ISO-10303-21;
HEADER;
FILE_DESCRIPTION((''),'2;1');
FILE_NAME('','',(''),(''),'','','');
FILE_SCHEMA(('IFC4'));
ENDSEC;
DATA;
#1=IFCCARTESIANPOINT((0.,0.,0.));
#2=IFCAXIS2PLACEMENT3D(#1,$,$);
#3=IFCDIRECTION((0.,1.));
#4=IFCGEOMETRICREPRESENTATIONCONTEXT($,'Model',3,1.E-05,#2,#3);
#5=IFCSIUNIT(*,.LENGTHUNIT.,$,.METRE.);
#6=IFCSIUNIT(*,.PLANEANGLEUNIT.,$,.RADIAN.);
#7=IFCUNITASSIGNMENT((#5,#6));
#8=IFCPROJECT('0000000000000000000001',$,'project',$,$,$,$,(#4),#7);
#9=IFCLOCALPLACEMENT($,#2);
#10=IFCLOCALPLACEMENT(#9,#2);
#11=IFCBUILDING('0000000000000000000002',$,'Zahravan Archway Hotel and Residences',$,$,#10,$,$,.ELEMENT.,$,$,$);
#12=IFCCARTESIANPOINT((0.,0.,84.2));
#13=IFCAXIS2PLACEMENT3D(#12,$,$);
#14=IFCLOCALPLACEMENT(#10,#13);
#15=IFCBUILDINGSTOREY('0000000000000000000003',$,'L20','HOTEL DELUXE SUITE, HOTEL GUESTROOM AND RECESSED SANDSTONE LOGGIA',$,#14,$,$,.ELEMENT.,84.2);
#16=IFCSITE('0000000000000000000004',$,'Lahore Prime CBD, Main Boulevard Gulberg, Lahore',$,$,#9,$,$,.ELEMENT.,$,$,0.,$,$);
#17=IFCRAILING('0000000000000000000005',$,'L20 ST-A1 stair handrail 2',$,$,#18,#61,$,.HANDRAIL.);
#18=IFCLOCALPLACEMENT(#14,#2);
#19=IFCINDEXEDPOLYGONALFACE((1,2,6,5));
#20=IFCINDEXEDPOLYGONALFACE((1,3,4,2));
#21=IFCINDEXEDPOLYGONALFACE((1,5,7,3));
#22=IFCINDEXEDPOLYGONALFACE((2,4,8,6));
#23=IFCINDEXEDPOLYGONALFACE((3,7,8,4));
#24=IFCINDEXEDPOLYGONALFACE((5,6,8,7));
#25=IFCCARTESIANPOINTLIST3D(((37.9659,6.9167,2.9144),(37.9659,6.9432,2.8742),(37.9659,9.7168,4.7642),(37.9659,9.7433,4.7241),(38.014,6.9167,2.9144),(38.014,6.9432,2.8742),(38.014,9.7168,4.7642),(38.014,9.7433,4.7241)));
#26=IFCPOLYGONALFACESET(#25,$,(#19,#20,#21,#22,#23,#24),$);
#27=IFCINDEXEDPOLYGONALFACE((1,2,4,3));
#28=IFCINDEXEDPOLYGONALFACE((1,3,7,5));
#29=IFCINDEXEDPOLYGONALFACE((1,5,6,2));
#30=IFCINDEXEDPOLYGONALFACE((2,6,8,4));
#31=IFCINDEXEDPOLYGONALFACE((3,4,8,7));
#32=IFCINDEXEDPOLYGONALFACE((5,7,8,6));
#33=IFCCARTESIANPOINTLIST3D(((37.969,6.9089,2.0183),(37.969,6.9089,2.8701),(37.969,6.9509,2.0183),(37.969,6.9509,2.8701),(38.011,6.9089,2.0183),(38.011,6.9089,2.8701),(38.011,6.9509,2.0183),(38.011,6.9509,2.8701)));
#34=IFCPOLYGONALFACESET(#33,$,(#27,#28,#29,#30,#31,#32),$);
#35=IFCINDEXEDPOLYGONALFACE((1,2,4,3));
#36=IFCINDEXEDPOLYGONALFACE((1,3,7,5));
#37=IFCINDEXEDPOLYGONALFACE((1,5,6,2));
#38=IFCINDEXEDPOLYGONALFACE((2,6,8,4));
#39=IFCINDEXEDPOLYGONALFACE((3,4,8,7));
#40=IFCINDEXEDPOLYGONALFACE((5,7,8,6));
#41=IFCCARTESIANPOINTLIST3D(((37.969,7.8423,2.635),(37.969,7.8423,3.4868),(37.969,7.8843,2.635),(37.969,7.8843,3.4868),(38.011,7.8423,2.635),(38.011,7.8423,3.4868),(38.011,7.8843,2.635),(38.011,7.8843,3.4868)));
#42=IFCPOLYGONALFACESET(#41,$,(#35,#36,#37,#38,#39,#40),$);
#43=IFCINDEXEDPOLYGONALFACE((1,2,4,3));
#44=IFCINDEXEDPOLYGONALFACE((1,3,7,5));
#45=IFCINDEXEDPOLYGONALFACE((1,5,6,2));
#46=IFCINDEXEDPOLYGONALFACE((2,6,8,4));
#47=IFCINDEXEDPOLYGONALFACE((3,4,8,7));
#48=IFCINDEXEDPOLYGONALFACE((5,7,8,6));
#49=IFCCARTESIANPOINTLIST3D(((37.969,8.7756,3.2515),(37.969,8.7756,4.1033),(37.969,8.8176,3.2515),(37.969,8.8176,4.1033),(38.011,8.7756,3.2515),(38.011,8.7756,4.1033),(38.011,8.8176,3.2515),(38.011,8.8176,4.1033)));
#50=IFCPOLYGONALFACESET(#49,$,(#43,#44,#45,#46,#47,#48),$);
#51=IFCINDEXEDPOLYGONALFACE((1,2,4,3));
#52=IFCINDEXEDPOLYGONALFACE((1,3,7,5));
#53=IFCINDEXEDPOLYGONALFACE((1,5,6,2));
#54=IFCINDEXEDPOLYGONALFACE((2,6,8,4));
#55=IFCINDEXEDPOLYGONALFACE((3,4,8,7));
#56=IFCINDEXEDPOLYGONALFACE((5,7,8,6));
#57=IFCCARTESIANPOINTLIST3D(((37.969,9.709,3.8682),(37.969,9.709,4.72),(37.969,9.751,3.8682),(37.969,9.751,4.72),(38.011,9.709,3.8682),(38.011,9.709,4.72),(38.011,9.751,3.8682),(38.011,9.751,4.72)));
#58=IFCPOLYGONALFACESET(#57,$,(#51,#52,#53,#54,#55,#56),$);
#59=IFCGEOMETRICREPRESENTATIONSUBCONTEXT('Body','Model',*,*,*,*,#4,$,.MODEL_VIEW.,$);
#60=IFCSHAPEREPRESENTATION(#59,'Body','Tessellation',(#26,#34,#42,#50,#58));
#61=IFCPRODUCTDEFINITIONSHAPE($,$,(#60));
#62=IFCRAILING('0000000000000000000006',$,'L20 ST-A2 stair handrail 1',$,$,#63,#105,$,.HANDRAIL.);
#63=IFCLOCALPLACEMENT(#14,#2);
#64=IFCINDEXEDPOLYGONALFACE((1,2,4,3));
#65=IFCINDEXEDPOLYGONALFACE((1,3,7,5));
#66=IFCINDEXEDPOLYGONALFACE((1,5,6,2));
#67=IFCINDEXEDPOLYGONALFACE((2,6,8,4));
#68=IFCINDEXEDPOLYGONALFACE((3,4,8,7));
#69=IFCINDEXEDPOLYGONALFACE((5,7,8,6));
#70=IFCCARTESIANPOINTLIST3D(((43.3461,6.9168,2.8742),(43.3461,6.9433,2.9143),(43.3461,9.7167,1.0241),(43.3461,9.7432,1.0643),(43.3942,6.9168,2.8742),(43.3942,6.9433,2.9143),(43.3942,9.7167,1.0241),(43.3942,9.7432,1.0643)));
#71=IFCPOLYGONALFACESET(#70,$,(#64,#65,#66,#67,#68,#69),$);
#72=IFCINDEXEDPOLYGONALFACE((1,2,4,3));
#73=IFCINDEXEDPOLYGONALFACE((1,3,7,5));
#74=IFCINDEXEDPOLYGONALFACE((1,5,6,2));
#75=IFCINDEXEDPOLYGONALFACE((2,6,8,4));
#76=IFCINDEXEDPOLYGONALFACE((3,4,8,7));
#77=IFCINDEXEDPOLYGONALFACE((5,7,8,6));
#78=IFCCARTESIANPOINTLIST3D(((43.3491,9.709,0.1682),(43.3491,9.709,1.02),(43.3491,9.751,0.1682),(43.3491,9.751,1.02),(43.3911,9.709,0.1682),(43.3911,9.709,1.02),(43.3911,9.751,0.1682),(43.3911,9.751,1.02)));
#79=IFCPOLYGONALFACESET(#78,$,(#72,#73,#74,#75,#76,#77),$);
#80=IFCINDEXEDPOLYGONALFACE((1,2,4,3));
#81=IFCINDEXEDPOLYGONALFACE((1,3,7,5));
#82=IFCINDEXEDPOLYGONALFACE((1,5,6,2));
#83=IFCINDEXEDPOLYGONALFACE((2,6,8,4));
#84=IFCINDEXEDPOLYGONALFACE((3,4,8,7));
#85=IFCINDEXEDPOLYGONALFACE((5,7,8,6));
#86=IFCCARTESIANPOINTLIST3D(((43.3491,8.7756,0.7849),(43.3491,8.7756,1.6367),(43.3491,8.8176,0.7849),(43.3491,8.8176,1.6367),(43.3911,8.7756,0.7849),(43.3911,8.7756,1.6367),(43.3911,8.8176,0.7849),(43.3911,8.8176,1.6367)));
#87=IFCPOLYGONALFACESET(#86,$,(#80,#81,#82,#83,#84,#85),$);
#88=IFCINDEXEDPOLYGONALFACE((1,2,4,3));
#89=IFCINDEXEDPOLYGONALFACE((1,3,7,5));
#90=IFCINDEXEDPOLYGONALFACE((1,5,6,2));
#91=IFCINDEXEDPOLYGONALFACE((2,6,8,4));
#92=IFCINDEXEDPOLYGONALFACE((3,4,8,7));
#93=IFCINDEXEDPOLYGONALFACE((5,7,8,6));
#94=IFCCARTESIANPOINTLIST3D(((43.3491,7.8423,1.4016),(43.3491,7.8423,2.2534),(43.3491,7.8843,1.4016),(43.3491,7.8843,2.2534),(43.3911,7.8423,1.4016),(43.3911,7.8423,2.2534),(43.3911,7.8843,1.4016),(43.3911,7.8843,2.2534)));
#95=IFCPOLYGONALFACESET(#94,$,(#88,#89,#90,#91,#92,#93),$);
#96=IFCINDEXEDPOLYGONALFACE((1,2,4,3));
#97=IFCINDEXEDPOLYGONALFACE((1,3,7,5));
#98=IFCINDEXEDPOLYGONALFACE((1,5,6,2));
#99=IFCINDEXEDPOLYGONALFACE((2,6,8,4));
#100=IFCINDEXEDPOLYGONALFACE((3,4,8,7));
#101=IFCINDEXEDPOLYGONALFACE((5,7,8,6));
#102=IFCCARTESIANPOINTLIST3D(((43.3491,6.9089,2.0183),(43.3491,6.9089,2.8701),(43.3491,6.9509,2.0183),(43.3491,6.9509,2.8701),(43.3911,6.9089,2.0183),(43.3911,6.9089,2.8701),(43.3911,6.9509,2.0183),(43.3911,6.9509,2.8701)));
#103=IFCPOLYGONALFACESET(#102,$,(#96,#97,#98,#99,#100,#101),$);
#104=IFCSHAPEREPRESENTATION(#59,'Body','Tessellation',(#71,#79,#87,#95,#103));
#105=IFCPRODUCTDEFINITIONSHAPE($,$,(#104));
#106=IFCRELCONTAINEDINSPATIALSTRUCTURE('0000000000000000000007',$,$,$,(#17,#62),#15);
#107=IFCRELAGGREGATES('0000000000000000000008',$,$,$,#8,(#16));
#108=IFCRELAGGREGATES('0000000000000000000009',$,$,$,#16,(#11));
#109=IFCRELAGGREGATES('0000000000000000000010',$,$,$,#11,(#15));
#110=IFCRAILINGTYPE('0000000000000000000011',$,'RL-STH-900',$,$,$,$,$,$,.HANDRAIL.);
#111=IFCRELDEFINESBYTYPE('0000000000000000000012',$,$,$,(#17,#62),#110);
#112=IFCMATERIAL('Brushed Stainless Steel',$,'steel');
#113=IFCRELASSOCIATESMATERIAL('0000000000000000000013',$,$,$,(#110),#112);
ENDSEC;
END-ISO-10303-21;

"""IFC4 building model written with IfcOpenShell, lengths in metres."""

from ifc_helpers import new_model, si_unit, direction, frame, origin, origin_2d, place, context, subcontext, project, spatial, rectangle, extrude, material, type_object, element, save


model = new_model("IFC4")

# Units and contexts
model_context = context("Model", 3, precision=1e-05, world=origin(), true_north=direction((0.0, 1.0)))
body_context = subcontext(model_context, "Body", "Model", "MODEL_VIEW")
ifc_project = project(units=[si_unit("LENGTHUNIT", "METRE"), si_unit("PLANEANGLEUNIT", "RADIAN")], contexts=[model_context])

# Site, building, storey
site_placement = place(None, origin())
site = spatial("IfcSite", under=ifc_project, at=site_placement, Name="Lahore Prime CBD, Main Boulevard Gulberg, Lahore", CompositionType="ELEMENT", RefElevation=0.0)
building_placement = place(site_placement, origin())
building = spatial("IfcBuilding", under=site, at=building_placement, Name="Zahravan Archway Hotel and Residences", CompositionType="ELEMENT")
storey_placement = place(building_placement, frame((0.0, 0.0, 84.2)))
storey = spatial("IfcBuildingStorey", under=building, at=storey_placement, Name="L20", Description="HOTEL DELUXE SUITE, HOTEL GUESTROOM AND RECESSED SANDSTONE LOGGIA", CompositionType="ELEMENT", Elevation=84.2)

# Shared definitions
ifc_material_1 = material(Name="Brushed Stainless Steel", Category="steel")

# Railings
railing_type_1 = type_object("IfcRailingType", Name="RL-STH-900", PredefinedType="HANDRAIL", material=ifc_material_1)
railing_1_placement = place(storey_placement, frame((37.99, 6.9299, 2.0183)))
element("IfcRailing", 1, at=railing_1_placement, inside=storey, type_object=railing_type_1, Name="L20 ST-A1 stair handrail 2", PredefinedType="HANDRAIL", context=body_context, shape_type="SweptSolid", body=[
    extrude(rectangle(XDim=0.0481, YDim=0.0481, at=origin_2d()), frame((0.0, 0.0, 0.876), z_axis=(0.0, 0.83436, 0.55122), x_axis=(-1.0, 0.0, 0.0)), (0.0, 0.0, 1.0), 3.356),
    extrude(rectangle(XDim=0.042, YDim=0.042, at=origin_2d()), origin(), (0.0, 0.0, 1.0), 0.8518),
    extrude(rectangle(XDim=0.042, YDim=0.042, at=origin_2d()), frame((0.0, 0.9333, 0.6167)), (0.0, 0.0, 1.0), 0.8518),
    extrude(rectangle(XDim=0.042, YDim=0.042, at=origin_2d()), frame((0.0, 1.8667, 1.2332)), (0.0, 0.0, 1.0), 0.8518),
    extrude(rectangle(XDim=0.042, YDim=0.042, at=origin_2d()), frame((0.0, 2.8, 1.8499)), (0.0, 0.0, 1.0), 0.8518),
])
railing_2_placement = place(storey_placement, frame((43.3701, 9.73, 0.1682)))
element("IfcRailing", 2, at=railing_2_placement, inside=storey, type_object=railing_type_1, Name="L20 ST-A2 stair handrail 1", PredefinedType="HANDRAIL", context=body_context, shape_type="SweptSolid", body=[
    extrude(rectangle(XDim=0.0481, YDim=0.0481, at=origin_2d()), frame((0.0, 0.0, 0.876), z_axis=(0.0, -0.834326, 0.551271), x_axis=(1.0, 0.0, 0.0)), (0.0, 0.0, 1.0), 3.356),
    extrude(rectangle(XDim=0.042, YDim=0.042, at=origin_2d()), origin(), (0.0, 0.0, 1.0), 0.8518),
    extrude(rectangle(XDim=0.042, YDim=0.042, at=origin_2d()), frame((0.0, -0.9333, 0.6167)), (0.0, 0.0, 1.0), 0.8518),
    extrude(rectangle(XDim=0.042, YDim=0.042, at=origin_2d()), frame((0.0, -1.8667, 1.2334)), (0.0, 0.0, 1.0), 0.8518),
    extrude(rectangle(XDim=0.042, YDim=0.042, at=origin_2d()), frame((0.0, -2.8, 1.8501)), (0.0, 0.0, 1.0), 0.8518),
])

save(model, "model.ifc")
